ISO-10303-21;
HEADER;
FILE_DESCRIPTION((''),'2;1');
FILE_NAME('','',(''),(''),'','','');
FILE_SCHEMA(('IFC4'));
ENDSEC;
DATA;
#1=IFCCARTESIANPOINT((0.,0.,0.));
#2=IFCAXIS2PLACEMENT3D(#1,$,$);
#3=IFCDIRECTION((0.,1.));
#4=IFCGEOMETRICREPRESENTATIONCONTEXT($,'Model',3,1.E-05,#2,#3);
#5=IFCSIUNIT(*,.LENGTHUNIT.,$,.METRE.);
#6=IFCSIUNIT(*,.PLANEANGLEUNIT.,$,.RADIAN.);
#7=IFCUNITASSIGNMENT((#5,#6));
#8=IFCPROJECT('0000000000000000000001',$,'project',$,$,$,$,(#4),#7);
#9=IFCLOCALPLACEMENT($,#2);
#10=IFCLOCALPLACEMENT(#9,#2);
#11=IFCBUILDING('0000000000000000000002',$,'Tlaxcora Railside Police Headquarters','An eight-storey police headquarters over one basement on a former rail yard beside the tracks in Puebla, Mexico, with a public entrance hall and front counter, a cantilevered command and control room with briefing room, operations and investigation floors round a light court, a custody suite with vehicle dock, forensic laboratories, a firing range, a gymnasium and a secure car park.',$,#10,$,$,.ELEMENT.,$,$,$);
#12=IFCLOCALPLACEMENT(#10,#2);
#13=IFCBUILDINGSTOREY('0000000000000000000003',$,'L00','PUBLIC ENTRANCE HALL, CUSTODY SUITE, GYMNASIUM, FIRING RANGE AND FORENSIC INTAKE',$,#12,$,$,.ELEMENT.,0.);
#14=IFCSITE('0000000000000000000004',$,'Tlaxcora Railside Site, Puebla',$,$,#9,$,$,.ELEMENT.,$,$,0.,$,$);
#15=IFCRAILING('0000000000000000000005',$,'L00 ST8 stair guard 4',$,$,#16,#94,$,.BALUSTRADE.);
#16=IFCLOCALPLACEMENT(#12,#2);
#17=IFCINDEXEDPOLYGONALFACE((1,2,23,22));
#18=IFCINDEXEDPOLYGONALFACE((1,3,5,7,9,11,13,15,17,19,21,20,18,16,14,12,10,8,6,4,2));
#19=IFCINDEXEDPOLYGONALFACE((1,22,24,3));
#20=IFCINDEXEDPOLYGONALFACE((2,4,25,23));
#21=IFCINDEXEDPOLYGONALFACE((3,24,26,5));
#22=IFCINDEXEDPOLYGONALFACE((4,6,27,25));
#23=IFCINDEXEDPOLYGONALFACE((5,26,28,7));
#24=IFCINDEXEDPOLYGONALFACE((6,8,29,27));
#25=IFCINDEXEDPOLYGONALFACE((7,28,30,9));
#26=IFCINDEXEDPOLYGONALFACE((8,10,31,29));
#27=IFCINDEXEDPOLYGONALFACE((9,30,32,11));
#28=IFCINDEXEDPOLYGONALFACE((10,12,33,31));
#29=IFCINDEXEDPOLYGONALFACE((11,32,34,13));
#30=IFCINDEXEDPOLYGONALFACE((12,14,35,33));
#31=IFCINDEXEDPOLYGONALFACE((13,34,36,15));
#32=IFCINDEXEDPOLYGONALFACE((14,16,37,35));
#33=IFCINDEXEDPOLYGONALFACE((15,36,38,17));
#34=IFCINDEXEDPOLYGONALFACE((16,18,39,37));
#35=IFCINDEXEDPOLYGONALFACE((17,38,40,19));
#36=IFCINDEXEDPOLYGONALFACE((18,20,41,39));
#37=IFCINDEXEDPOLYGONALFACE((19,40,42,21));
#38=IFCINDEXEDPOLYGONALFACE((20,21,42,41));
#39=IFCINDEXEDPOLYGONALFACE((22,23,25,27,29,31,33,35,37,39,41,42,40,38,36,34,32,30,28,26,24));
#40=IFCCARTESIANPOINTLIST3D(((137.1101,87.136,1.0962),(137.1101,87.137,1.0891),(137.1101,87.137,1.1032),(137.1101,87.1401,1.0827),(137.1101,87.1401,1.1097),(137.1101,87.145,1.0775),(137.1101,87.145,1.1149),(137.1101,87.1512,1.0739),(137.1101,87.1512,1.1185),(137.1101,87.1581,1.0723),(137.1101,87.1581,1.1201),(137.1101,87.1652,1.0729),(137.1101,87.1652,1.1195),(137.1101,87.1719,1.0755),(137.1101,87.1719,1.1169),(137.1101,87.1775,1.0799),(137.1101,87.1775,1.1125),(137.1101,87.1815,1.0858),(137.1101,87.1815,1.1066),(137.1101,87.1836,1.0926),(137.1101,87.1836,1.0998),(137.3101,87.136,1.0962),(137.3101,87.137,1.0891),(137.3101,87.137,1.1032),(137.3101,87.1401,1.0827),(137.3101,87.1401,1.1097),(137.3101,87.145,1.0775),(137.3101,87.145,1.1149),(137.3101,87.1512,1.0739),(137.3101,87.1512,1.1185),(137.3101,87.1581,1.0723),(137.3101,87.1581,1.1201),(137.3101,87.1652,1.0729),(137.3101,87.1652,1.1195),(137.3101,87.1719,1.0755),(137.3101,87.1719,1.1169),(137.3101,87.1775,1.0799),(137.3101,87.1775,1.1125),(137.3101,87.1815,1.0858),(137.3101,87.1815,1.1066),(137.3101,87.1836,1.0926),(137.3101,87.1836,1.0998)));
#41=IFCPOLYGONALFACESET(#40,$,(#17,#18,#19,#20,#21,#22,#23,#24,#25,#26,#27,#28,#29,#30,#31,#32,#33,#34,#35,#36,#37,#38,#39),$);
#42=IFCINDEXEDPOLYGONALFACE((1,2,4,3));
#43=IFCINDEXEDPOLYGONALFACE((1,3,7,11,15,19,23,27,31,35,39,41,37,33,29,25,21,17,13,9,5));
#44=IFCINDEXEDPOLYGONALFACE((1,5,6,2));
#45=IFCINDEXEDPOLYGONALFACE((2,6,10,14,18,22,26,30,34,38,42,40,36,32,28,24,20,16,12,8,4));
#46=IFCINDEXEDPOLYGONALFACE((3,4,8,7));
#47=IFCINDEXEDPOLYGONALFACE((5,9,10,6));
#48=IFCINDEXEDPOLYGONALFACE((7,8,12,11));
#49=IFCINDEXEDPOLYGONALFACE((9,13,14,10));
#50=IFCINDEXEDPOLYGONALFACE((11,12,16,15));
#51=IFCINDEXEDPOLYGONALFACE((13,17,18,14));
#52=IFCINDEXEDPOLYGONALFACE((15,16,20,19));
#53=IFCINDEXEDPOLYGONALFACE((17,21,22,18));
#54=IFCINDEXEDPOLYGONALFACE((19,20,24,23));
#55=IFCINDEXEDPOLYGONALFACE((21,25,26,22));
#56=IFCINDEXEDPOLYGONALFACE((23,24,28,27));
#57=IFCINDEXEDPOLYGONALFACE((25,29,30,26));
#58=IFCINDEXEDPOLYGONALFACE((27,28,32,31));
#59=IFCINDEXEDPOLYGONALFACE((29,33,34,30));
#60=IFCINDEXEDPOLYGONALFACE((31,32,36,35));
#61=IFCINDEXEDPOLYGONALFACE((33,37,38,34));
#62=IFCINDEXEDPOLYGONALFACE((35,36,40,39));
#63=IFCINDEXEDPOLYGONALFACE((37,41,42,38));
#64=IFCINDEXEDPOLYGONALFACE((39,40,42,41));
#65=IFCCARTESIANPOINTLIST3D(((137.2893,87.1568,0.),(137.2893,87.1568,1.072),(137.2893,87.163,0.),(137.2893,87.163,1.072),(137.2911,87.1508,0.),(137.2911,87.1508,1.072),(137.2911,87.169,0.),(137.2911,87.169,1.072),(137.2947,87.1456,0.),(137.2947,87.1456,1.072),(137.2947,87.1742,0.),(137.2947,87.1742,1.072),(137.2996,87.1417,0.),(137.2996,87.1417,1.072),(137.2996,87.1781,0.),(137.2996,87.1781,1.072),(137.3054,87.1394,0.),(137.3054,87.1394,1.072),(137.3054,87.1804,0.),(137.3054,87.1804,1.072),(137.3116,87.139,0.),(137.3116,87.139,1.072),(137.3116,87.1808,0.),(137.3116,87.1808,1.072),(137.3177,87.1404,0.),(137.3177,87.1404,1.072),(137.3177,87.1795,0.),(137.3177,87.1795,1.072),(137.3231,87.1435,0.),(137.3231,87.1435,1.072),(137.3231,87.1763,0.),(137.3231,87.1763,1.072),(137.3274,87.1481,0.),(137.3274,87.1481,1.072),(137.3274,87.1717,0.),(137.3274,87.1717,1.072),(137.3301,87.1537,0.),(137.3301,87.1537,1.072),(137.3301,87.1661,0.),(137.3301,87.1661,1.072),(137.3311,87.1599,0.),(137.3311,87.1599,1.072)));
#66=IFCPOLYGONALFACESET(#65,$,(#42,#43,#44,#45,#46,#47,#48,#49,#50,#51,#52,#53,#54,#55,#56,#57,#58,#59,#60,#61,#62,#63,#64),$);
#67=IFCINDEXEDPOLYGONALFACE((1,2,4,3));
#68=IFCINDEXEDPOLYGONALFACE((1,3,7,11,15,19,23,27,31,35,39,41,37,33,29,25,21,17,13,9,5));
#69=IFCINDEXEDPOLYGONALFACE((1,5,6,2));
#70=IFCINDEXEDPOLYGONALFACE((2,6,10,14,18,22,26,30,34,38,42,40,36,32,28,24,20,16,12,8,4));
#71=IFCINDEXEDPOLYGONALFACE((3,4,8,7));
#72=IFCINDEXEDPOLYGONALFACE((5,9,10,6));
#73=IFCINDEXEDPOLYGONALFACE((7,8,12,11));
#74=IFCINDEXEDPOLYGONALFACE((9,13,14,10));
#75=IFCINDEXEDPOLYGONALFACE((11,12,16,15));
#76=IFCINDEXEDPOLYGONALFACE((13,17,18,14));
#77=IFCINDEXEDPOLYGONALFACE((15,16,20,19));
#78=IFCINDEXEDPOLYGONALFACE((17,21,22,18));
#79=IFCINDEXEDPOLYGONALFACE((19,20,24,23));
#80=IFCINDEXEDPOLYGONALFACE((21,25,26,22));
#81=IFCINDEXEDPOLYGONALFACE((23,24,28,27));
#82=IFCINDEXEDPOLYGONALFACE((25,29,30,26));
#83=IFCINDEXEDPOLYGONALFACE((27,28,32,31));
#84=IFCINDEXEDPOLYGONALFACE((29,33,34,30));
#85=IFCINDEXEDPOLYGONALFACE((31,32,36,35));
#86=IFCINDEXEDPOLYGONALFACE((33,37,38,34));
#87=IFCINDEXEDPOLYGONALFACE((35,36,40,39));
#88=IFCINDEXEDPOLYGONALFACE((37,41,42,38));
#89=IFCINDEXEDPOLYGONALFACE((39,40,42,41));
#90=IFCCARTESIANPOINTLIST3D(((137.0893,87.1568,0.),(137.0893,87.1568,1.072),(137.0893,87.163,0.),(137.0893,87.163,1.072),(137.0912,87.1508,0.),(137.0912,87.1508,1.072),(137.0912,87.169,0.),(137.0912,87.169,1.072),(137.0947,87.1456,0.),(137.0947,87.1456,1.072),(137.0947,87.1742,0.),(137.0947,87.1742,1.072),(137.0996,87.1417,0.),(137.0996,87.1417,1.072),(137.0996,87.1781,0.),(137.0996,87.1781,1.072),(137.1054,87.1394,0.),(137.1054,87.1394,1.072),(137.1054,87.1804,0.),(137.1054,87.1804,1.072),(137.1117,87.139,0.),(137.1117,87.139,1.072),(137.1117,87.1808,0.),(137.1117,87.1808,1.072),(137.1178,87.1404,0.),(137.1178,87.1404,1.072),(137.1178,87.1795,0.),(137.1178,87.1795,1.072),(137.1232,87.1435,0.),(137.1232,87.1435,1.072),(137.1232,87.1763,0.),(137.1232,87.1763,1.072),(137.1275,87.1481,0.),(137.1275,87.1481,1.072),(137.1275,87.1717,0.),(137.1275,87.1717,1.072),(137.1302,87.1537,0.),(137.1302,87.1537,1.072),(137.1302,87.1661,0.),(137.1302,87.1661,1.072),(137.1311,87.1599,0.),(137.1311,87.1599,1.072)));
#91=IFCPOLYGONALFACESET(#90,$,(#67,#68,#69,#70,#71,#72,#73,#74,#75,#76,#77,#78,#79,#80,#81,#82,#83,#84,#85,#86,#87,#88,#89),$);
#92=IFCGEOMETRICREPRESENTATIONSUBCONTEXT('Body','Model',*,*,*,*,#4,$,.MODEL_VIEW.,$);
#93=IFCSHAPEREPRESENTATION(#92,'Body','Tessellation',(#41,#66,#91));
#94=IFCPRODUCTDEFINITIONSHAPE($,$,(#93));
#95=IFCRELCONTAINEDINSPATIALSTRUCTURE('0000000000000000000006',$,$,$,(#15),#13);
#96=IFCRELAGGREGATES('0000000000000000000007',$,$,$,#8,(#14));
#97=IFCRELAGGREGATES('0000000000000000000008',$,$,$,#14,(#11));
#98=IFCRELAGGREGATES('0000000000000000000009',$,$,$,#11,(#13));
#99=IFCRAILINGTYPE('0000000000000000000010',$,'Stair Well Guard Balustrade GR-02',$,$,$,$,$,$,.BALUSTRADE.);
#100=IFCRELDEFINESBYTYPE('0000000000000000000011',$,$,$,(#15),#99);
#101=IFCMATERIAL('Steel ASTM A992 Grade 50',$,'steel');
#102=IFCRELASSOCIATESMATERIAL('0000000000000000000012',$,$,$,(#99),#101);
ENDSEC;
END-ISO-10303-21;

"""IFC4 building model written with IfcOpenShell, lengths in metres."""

from ifc_helpers import new_model, si_unit, direction, frame, origin, origin_2d, place, context, subcontext, project, spatial, circle, extrude, material, type_object, element, save


model = new_model("IFC4")

# Units and contexts
model_context = context("Model", 3, precision=1e-05, world=origin(), true_north=direction((0.0, 1.0)))
body_context = subcontext(model_context, "Body", "Model", "MODEL_VIEW")
ifc_project = project(units=[si_unit("LENGTHUNIT", "METRE"), si_unit("PLANEANGLEUNIT", "RADIAN")], contexts=[model_context])

# Site, building, storey
site_placement = place(None, origin())
site = spatial("IfcSite", under=ifc_project, at=site_placement, Name="Tlaxcora Railside Site, Puebla", CompositionType="ELEMENT", RefElevation=0.0)
building_placement = place(site_placement, origin())
building = spatial("IfcBuilding", under=site, at=building_placement, Name="Tlaxcora Railside Police Headquarters", Description="An eight-storey police headquarters over one basement on a former rail yard beside the tracks in Puebla, Mexico, with a public entrance hall and front counter, a cantilevered command and control room with briefing room, operations and investigation floors round a light court, a custody suite with vehicle dock, forensic laboratories, a firing range, a gymnasium and a secure car park.", CompositionType="ELEMENT")
storey_placement = place(building_placement, origin())
storey = spatial("IfcBuildingStorey", under=building, at=storey_placement, Name="L00", Description="PUBLIC ENTRANCE HALL, CUSTODY SUITE, GYMNASIUM, FIRING RANGE AND FORENSIC INTAKE", CompositionType="ELEMENT", Elevation=0.0)

# Shared definitions
ifc_material_1 = material(Name="Steel ASTM A992 Grade 50", Category="steel")

# Railing
railing_type_1 = type_object("IfcRailingType", Name="Stair Well Guard Balustrade GR-02", PredefinedType="BALUSTRADE", material=ifc_material_1)
railing_1_placement = place(storey_placement, frame((137.3101, 87.1599, 0.0)))
element("IfcRailing", 1, at=railing_1_placement, inside=storey, type_object=railing_type_1, Name="L00 ST8 stair guard 4", PredefinedType="BALUSTRADE", context=body_context, shape_type="SweptSolid", body=[
    extrude(circle(Radius=0.0239, at=origin_2d()), frame((0.0, 0.0, 1.0962), z_axis=(-1.0, 0.0, 0.0), x_axis=(0.0, -1.0, 0.0)), (0.0, 0.0, 1.0), 0.2),
    extrude(circle(Radius=0.021, at=origin_2d()), origin(), (0.0, 0.0, 1.0), 1.072),
    extrude(circle(Radius=0.021, at=origin_2d()), frame((-0.2, 0.0, 0.0)), (0.0, 0.0, 1.0), 1.072),
])

save(model, "model.ifc")
